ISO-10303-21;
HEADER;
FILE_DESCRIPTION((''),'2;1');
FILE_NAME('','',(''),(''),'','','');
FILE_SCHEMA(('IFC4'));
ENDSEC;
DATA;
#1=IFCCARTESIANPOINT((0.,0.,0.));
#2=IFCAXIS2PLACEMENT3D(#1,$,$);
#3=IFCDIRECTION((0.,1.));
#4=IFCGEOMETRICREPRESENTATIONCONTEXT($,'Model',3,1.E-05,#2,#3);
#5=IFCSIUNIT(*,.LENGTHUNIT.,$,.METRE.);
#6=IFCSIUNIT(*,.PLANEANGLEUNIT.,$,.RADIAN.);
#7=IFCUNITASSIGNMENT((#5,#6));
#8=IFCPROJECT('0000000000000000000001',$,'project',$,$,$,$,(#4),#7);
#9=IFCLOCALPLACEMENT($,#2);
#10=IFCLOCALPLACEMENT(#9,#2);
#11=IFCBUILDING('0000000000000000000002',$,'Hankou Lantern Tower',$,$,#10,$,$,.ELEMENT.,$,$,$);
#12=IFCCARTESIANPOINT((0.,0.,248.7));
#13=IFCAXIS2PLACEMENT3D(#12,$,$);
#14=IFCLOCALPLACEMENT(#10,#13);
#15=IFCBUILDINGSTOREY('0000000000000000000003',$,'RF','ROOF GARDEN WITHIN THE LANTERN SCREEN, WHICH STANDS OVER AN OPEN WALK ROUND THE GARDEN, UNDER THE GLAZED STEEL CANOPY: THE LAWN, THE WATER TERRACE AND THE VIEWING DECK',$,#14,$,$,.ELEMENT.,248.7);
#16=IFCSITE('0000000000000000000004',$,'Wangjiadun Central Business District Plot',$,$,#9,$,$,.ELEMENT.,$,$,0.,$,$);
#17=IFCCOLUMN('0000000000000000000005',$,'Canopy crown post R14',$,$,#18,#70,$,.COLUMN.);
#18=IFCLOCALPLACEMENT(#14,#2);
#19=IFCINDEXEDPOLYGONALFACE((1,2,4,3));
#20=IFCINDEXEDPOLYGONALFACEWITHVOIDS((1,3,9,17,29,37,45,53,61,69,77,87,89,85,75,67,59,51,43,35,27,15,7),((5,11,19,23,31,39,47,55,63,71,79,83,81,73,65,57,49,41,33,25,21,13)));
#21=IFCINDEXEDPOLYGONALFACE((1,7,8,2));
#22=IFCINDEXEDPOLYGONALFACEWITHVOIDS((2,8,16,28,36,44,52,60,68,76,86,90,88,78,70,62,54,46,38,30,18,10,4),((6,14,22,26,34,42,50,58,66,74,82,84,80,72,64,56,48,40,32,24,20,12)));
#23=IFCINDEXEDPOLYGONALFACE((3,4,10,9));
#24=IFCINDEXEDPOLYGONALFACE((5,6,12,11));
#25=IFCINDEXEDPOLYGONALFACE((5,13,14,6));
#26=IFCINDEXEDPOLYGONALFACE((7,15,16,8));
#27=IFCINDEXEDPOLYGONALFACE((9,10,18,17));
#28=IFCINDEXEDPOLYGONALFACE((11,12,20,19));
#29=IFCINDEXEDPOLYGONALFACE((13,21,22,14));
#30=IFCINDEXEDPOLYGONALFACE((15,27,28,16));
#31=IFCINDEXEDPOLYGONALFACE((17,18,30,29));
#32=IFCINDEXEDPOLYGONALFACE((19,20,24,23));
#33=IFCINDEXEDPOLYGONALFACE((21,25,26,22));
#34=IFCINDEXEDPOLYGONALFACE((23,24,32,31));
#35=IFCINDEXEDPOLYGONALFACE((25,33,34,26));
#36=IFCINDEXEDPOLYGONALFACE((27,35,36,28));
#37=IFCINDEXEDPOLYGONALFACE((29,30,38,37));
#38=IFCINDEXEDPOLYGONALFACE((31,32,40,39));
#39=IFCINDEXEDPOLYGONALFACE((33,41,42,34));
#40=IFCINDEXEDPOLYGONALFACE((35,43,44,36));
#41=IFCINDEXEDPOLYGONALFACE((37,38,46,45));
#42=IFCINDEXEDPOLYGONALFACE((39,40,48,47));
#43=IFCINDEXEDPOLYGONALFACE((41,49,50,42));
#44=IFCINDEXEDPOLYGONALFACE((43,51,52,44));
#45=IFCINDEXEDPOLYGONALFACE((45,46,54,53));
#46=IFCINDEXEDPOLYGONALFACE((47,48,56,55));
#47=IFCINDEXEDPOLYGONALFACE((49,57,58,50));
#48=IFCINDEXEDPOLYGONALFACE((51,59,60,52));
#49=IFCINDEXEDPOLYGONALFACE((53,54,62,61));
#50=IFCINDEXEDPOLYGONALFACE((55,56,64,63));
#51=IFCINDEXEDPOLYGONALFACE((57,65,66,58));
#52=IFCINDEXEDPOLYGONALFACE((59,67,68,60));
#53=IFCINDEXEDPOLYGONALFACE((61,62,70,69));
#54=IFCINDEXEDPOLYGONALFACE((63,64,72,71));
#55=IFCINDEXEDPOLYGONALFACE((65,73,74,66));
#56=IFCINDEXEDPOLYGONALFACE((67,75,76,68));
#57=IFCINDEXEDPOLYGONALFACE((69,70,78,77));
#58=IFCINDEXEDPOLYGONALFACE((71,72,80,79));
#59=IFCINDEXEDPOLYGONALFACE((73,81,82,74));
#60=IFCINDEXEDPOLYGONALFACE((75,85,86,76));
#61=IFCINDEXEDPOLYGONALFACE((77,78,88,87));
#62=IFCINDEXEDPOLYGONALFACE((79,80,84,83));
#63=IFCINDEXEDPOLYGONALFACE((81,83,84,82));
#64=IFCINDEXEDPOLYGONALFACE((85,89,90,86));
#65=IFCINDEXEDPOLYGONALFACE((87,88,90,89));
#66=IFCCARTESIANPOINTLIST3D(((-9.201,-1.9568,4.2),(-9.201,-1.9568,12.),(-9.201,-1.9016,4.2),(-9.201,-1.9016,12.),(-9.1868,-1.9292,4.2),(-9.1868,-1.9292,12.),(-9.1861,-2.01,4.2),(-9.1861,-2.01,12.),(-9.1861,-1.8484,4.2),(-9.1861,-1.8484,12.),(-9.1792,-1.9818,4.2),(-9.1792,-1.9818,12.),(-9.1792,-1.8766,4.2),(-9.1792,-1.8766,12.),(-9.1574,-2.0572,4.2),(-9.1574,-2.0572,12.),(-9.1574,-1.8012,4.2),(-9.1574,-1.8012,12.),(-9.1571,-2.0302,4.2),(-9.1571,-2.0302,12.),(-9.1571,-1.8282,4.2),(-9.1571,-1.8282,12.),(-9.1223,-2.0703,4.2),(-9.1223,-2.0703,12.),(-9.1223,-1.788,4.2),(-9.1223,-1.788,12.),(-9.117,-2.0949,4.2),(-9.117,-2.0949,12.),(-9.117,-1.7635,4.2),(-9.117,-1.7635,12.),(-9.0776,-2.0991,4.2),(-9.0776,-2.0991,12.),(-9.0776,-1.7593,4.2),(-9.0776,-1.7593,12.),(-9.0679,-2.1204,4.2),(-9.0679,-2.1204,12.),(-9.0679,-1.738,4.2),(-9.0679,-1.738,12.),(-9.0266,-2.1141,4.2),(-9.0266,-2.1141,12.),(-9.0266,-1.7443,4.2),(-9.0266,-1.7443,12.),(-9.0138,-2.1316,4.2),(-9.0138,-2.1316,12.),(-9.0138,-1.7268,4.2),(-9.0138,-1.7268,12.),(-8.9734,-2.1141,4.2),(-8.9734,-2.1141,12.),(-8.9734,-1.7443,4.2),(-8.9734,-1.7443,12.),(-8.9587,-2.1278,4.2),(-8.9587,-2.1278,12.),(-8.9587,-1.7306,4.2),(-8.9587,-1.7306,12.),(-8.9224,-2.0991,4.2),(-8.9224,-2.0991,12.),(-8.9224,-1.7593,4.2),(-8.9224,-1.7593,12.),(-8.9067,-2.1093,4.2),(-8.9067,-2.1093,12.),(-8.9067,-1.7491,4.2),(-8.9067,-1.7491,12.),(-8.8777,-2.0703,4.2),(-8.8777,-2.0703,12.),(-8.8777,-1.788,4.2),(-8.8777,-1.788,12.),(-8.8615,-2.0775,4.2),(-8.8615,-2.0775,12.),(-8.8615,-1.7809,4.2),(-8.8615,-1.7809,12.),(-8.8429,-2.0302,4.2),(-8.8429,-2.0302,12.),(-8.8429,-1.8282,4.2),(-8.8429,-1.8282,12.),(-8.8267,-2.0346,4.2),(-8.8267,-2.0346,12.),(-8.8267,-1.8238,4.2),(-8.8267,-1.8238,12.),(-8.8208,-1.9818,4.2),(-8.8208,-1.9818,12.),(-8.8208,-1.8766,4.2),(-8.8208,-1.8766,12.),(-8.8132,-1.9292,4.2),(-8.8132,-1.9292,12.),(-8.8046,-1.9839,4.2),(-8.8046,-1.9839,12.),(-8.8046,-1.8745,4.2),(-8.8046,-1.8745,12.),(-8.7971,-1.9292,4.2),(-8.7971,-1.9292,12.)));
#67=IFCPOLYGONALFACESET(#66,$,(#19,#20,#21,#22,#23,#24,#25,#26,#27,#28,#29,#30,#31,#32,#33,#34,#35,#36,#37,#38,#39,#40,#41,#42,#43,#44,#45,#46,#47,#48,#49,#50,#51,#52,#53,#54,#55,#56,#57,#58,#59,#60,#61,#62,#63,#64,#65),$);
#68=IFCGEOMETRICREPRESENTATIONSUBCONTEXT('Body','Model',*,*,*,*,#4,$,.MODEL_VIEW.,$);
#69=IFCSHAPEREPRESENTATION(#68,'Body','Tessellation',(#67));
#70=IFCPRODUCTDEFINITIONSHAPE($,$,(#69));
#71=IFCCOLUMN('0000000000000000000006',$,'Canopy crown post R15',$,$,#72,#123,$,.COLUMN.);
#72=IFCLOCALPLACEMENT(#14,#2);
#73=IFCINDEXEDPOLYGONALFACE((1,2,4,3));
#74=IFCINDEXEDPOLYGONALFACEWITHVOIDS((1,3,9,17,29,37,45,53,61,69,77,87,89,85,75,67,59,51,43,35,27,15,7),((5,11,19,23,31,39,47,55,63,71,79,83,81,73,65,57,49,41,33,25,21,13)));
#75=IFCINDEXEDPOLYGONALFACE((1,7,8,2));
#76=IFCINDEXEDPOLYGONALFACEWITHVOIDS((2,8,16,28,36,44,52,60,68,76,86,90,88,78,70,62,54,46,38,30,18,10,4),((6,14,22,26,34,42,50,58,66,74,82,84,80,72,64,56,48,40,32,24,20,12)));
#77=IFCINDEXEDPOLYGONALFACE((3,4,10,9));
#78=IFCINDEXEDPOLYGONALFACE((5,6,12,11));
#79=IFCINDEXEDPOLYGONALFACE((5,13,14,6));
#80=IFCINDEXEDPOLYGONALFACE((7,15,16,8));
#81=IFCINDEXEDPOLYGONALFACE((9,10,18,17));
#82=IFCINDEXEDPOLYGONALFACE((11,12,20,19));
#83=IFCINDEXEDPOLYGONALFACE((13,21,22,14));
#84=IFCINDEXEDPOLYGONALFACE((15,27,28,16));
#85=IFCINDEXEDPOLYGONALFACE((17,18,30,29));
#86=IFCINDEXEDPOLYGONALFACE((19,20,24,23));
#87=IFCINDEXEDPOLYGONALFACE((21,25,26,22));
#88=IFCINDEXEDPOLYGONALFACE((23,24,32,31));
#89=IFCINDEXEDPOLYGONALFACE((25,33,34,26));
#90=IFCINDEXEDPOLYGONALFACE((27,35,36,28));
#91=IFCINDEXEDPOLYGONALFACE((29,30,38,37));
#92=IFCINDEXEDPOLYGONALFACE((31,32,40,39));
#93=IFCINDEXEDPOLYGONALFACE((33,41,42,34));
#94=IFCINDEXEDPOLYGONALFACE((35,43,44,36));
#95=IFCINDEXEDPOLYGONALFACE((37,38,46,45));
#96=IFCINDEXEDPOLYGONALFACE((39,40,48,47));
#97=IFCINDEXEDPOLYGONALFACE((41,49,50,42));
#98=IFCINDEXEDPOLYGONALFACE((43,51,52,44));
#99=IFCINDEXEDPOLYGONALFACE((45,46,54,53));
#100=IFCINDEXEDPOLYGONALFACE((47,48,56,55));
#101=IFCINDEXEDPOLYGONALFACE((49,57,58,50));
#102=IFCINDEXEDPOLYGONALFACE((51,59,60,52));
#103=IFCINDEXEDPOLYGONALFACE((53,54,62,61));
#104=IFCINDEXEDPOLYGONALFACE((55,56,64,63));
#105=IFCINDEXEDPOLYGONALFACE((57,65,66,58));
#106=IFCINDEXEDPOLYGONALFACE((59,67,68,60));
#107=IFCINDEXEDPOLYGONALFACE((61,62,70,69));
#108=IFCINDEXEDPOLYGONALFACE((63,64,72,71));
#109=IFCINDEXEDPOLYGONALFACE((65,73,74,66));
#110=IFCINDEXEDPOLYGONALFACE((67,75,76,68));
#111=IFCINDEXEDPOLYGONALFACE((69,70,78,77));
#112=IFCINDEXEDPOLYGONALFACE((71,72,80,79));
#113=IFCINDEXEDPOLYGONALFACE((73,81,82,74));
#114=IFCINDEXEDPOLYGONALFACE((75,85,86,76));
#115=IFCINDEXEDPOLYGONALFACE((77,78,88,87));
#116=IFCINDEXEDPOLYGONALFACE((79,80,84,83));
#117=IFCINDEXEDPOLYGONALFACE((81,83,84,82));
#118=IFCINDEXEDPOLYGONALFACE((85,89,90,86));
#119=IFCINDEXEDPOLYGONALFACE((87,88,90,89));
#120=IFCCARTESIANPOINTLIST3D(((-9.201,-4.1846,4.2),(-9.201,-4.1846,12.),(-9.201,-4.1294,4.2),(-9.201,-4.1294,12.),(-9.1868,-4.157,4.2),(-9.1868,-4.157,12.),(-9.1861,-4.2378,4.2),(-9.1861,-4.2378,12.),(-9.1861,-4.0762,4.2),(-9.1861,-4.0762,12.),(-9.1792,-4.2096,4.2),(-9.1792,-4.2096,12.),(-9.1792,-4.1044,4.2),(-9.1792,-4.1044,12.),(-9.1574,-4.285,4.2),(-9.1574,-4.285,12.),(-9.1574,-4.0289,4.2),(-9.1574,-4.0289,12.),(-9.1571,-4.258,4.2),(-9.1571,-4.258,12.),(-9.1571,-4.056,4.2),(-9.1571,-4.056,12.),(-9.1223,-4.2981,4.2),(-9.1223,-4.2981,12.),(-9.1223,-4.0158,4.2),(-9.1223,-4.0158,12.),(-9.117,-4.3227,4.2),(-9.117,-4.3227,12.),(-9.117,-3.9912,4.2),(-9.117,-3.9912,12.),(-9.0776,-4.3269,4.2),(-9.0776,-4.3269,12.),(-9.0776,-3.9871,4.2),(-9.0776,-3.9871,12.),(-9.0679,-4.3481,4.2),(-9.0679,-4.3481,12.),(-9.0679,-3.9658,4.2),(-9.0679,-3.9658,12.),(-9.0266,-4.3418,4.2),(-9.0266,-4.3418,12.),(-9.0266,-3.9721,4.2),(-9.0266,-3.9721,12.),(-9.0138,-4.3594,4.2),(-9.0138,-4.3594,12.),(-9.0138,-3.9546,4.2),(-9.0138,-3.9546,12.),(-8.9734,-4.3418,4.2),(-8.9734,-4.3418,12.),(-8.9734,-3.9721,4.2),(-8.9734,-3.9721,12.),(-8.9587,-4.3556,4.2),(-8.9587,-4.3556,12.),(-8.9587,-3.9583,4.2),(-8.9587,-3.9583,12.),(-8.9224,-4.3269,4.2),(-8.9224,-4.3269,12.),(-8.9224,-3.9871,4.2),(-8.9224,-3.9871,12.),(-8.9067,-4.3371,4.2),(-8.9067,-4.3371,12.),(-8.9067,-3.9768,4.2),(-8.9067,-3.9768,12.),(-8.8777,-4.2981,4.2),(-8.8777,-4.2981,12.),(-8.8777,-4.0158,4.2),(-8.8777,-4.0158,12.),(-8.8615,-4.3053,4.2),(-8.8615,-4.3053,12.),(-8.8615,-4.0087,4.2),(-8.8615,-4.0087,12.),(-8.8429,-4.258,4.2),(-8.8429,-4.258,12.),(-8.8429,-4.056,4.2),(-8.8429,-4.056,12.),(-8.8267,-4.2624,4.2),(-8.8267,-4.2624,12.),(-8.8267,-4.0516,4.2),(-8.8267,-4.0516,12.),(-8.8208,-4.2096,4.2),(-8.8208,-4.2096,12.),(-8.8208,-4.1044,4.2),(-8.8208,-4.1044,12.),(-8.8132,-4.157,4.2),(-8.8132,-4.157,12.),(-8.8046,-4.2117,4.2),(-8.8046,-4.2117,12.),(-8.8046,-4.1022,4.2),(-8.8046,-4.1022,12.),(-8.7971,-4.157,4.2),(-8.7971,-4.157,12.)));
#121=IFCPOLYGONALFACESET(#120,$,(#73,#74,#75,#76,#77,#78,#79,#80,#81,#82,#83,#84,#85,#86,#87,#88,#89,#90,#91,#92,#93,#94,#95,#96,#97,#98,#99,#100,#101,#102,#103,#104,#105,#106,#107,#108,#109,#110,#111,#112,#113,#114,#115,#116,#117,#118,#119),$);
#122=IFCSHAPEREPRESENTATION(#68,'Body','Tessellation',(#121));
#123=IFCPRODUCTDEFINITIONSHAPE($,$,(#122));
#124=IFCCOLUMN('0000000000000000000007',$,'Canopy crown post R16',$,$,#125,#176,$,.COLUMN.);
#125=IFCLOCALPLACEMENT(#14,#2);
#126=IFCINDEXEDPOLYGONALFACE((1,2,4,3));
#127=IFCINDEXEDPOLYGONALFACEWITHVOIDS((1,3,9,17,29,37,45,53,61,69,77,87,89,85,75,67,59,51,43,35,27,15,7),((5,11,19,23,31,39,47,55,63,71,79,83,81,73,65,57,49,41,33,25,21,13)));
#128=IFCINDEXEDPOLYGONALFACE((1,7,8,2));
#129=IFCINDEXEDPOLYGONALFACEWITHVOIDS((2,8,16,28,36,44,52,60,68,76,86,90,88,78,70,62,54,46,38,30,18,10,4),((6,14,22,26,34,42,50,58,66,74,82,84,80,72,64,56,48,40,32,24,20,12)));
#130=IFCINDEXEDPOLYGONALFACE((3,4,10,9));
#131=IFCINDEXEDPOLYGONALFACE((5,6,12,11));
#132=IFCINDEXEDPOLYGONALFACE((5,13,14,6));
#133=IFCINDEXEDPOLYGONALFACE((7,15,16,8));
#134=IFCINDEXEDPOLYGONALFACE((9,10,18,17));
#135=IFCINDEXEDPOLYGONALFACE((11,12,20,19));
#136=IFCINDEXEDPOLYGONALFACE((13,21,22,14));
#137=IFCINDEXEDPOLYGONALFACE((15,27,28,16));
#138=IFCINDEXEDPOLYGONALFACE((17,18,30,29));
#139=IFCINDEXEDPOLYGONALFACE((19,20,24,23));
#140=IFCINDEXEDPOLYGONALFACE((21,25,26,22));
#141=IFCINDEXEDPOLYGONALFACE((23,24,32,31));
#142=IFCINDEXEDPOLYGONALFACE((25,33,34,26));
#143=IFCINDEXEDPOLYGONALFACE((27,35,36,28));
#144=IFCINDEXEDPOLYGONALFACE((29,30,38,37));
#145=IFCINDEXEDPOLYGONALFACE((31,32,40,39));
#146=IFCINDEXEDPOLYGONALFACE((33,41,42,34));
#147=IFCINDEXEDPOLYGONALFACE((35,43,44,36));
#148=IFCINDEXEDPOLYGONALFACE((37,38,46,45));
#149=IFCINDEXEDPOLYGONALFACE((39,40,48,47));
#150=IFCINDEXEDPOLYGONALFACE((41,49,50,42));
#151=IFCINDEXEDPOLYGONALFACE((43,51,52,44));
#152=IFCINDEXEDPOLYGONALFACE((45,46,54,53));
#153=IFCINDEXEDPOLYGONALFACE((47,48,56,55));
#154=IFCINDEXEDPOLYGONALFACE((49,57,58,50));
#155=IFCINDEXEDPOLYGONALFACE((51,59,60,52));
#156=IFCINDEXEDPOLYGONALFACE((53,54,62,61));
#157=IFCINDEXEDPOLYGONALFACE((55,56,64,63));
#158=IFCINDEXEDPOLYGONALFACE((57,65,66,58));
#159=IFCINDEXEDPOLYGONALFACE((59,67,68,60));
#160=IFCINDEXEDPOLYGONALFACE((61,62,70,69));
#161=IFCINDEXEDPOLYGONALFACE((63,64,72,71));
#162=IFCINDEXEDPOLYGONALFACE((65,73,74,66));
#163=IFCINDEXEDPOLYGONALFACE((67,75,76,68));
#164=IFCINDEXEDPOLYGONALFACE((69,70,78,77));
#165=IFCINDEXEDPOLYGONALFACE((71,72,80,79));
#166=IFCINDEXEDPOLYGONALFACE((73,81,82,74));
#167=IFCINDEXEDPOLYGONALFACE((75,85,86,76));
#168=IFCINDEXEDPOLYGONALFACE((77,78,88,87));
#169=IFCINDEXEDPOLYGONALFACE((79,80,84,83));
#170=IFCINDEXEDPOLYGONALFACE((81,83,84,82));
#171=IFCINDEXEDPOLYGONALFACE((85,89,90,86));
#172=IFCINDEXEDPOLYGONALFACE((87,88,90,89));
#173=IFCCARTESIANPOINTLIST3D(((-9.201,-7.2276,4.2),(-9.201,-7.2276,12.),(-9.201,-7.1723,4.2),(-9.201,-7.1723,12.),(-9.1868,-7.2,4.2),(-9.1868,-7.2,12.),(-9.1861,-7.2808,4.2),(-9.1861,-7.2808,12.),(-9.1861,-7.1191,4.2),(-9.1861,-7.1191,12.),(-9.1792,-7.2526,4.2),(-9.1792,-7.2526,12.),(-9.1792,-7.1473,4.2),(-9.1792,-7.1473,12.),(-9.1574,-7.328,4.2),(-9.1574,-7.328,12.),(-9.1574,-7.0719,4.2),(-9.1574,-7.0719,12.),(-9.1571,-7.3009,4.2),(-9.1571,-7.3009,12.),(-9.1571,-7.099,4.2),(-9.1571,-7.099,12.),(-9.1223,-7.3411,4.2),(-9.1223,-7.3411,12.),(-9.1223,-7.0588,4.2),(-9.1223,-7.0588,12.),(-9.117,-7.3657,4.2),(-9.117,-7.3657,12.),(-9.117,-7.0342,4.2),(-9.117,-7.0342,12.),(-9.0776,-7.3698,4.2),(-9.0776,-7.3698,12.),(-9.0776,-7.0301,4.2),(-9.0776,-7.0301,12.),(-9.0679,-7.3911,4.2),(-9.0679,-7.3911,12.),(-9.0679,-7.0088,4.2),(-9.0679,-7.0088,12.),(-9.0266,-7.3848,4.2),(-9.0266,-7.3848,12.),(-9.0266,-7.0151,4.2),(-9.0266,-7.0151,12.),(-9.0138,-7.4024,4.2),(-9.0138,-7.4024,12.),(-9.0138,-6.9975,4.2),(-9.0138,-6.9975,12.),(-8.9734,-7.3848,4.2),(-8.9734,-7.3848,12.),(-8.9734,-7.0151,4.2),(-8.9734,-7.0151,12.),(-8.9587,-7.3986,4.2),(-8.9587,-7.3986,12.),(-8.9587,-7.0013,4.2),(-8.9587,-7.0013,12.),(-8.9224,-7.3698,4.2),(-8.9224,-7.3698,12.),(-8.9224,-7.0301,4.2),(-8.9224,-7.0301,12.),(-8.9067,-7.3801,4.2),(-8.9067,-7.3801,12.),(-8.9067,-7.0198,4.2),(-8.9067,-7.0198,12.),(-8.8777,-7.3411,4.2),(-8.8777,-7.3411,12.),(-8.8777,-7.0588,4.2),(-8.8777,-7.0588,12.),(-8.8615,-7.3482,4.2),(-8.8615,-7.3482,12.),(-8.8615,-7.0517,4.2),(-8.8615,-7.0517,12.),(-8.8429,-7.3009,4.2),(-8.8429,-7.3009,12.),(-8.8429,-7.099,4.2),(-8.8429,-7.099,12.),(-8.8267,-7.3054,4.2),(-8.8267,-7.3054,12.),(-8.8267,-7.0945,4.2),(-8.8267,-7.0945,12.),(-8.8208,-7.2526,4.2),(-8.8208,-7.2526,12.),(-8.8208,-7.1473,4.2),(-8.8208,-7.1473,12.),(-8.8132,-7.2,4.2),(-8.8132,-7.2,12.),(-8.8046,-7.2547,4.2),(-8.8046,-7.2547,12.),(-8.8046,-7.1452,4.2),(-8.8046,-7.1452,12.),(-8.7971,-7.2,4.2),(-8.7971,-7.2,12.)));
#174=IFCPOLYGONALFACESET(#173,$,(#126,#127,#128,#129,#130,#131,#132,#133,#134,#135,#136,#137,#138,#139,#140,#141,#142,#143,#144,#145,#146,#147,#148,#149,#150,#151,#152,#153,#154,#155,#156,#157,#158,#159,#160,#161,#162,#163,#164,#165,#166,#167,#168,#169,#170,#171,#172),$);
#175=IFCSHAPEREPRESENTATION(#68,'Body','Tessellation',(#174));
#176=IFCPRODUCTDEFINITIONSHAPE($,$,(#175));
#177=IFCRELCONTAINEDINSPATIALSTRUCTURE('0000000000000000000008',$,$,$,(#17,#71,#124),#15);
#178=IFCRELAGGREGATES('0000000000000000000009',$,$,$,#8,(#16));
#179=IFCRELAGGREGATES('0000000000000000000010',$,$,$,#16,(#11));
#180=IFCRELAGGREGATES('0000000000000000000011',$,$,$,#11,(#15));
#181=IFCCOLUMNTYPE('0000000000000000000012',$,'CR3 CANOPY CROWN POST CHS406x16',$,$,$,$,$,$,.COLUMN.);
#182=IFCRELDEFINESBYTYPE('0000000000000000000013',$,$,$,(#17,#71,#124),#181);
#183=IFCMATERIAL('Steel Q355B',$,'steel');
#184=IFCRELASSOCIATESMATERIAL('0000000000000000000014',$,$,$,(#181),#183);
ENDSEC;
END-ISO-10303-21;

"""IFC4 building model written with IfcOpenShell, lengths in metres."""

from ifc_helpers import new_model, si_unit, direction, frame, origin, origin_2d, place, context, subcontext, project, spatial, hollow_circle, extrude, material, material_profile, profile_set, type_object, element, save


model = new_model("IFC4")

# Units and contexts
model_context = context("Model", 3, precision=1e-05, world=origin(), true_north=direction((0.0, 1.0)))
body_context = subcontext(model_context, "Body", "Model", "MODEL_VIEW")
ifc_project = project(units=[si_unit("LENGTHUNIT", "METRE"), si_unit("PLANEANGLEUNIT", "RADIAN")], contexts=[model_context])

# Site, building, storey
site_placement = place(None, origin())
site = spatial("IfcSite", under=ifc_project, at=site_placement, Name="Wangjiadun Central Business District Plot", CompositionType="ELEMENT", RefElevation=0.0)
building_placement = place(site_placement, origin())
building = spatial("IfcBuilding", under=site, at=building_placement, Name="Hankou Lantern Tower", CompositionType="ELEMENT")
storey_placement = place(building_placement, frame((0.0, 0.0, 248.7)))
storey = spatial("IfcBuildingStorey", under=building, at=storey_placement, Name="RF", Description="ROOF GARDEN WITHIN THE LANTERN SCREEN, WHICH STANDS OVER AN OPEN WALK ROUND THE GARDEN, UNDER THE GLAZED STEEL CANOPY: THE LAWN, THE WATER TERRACE AND THE VIEWING DECK", CompositionType="ELEMENT", Elevation=248.7)

# Columns
ifc_material_1 = material(Name="Steel Q355B", Category="steel")
ifc_material_profile_1 = material_profile(ifc_material_1, hollow_circle(Radius=0.2029, WallThickness=0.0161, at=origin_2d()), Name="CHS406x16")
ifc_profile_set_1 = profile_set([ifc_material_profile_1], Name="Steel Q355B")
column_type = type_object("IfcColumnType", Name="CR3 CANOPY CROWN POST CHS406x16", PredefinedType="COLUMN", material=ifc_profile_set_1)
for number, where, z_axis, x_axis, name in (
    (1, (-9.0, -1.9292, 4.2), (0.0, 0.0, 1.0), (1.0, 0.0, 0.0), "Canopy crown post R14"),
    (2, (-9.0, -4.157, 4.2), (0.0, 0.0, 1.0), (1.0, 0.0, 0.0), "Canopy crown post R15"),
    (3, (-9.0, -7.2, 4.2), (0.0, 0.0, 1.0), (1.0, 0.0, 0.0), "Canopy crown post R16"),
):
    element("IfcColumn", number, at=place(storey_placement, frame(where, z_axis=z_axis, x_axis=x_axis)), inside=storey, type_object=column_type, Name=name, PredefinedType="COLUMN", context=body_context, shape_type="SweptSolid", body=[
        extrude(hollow_circle(Radius=0.2029, WallThickness=0.0161, at=origin_2d()), origin(), (0.0, 0.0, 1.0), 7.8),
    ])

save(model, "model.ifc")
